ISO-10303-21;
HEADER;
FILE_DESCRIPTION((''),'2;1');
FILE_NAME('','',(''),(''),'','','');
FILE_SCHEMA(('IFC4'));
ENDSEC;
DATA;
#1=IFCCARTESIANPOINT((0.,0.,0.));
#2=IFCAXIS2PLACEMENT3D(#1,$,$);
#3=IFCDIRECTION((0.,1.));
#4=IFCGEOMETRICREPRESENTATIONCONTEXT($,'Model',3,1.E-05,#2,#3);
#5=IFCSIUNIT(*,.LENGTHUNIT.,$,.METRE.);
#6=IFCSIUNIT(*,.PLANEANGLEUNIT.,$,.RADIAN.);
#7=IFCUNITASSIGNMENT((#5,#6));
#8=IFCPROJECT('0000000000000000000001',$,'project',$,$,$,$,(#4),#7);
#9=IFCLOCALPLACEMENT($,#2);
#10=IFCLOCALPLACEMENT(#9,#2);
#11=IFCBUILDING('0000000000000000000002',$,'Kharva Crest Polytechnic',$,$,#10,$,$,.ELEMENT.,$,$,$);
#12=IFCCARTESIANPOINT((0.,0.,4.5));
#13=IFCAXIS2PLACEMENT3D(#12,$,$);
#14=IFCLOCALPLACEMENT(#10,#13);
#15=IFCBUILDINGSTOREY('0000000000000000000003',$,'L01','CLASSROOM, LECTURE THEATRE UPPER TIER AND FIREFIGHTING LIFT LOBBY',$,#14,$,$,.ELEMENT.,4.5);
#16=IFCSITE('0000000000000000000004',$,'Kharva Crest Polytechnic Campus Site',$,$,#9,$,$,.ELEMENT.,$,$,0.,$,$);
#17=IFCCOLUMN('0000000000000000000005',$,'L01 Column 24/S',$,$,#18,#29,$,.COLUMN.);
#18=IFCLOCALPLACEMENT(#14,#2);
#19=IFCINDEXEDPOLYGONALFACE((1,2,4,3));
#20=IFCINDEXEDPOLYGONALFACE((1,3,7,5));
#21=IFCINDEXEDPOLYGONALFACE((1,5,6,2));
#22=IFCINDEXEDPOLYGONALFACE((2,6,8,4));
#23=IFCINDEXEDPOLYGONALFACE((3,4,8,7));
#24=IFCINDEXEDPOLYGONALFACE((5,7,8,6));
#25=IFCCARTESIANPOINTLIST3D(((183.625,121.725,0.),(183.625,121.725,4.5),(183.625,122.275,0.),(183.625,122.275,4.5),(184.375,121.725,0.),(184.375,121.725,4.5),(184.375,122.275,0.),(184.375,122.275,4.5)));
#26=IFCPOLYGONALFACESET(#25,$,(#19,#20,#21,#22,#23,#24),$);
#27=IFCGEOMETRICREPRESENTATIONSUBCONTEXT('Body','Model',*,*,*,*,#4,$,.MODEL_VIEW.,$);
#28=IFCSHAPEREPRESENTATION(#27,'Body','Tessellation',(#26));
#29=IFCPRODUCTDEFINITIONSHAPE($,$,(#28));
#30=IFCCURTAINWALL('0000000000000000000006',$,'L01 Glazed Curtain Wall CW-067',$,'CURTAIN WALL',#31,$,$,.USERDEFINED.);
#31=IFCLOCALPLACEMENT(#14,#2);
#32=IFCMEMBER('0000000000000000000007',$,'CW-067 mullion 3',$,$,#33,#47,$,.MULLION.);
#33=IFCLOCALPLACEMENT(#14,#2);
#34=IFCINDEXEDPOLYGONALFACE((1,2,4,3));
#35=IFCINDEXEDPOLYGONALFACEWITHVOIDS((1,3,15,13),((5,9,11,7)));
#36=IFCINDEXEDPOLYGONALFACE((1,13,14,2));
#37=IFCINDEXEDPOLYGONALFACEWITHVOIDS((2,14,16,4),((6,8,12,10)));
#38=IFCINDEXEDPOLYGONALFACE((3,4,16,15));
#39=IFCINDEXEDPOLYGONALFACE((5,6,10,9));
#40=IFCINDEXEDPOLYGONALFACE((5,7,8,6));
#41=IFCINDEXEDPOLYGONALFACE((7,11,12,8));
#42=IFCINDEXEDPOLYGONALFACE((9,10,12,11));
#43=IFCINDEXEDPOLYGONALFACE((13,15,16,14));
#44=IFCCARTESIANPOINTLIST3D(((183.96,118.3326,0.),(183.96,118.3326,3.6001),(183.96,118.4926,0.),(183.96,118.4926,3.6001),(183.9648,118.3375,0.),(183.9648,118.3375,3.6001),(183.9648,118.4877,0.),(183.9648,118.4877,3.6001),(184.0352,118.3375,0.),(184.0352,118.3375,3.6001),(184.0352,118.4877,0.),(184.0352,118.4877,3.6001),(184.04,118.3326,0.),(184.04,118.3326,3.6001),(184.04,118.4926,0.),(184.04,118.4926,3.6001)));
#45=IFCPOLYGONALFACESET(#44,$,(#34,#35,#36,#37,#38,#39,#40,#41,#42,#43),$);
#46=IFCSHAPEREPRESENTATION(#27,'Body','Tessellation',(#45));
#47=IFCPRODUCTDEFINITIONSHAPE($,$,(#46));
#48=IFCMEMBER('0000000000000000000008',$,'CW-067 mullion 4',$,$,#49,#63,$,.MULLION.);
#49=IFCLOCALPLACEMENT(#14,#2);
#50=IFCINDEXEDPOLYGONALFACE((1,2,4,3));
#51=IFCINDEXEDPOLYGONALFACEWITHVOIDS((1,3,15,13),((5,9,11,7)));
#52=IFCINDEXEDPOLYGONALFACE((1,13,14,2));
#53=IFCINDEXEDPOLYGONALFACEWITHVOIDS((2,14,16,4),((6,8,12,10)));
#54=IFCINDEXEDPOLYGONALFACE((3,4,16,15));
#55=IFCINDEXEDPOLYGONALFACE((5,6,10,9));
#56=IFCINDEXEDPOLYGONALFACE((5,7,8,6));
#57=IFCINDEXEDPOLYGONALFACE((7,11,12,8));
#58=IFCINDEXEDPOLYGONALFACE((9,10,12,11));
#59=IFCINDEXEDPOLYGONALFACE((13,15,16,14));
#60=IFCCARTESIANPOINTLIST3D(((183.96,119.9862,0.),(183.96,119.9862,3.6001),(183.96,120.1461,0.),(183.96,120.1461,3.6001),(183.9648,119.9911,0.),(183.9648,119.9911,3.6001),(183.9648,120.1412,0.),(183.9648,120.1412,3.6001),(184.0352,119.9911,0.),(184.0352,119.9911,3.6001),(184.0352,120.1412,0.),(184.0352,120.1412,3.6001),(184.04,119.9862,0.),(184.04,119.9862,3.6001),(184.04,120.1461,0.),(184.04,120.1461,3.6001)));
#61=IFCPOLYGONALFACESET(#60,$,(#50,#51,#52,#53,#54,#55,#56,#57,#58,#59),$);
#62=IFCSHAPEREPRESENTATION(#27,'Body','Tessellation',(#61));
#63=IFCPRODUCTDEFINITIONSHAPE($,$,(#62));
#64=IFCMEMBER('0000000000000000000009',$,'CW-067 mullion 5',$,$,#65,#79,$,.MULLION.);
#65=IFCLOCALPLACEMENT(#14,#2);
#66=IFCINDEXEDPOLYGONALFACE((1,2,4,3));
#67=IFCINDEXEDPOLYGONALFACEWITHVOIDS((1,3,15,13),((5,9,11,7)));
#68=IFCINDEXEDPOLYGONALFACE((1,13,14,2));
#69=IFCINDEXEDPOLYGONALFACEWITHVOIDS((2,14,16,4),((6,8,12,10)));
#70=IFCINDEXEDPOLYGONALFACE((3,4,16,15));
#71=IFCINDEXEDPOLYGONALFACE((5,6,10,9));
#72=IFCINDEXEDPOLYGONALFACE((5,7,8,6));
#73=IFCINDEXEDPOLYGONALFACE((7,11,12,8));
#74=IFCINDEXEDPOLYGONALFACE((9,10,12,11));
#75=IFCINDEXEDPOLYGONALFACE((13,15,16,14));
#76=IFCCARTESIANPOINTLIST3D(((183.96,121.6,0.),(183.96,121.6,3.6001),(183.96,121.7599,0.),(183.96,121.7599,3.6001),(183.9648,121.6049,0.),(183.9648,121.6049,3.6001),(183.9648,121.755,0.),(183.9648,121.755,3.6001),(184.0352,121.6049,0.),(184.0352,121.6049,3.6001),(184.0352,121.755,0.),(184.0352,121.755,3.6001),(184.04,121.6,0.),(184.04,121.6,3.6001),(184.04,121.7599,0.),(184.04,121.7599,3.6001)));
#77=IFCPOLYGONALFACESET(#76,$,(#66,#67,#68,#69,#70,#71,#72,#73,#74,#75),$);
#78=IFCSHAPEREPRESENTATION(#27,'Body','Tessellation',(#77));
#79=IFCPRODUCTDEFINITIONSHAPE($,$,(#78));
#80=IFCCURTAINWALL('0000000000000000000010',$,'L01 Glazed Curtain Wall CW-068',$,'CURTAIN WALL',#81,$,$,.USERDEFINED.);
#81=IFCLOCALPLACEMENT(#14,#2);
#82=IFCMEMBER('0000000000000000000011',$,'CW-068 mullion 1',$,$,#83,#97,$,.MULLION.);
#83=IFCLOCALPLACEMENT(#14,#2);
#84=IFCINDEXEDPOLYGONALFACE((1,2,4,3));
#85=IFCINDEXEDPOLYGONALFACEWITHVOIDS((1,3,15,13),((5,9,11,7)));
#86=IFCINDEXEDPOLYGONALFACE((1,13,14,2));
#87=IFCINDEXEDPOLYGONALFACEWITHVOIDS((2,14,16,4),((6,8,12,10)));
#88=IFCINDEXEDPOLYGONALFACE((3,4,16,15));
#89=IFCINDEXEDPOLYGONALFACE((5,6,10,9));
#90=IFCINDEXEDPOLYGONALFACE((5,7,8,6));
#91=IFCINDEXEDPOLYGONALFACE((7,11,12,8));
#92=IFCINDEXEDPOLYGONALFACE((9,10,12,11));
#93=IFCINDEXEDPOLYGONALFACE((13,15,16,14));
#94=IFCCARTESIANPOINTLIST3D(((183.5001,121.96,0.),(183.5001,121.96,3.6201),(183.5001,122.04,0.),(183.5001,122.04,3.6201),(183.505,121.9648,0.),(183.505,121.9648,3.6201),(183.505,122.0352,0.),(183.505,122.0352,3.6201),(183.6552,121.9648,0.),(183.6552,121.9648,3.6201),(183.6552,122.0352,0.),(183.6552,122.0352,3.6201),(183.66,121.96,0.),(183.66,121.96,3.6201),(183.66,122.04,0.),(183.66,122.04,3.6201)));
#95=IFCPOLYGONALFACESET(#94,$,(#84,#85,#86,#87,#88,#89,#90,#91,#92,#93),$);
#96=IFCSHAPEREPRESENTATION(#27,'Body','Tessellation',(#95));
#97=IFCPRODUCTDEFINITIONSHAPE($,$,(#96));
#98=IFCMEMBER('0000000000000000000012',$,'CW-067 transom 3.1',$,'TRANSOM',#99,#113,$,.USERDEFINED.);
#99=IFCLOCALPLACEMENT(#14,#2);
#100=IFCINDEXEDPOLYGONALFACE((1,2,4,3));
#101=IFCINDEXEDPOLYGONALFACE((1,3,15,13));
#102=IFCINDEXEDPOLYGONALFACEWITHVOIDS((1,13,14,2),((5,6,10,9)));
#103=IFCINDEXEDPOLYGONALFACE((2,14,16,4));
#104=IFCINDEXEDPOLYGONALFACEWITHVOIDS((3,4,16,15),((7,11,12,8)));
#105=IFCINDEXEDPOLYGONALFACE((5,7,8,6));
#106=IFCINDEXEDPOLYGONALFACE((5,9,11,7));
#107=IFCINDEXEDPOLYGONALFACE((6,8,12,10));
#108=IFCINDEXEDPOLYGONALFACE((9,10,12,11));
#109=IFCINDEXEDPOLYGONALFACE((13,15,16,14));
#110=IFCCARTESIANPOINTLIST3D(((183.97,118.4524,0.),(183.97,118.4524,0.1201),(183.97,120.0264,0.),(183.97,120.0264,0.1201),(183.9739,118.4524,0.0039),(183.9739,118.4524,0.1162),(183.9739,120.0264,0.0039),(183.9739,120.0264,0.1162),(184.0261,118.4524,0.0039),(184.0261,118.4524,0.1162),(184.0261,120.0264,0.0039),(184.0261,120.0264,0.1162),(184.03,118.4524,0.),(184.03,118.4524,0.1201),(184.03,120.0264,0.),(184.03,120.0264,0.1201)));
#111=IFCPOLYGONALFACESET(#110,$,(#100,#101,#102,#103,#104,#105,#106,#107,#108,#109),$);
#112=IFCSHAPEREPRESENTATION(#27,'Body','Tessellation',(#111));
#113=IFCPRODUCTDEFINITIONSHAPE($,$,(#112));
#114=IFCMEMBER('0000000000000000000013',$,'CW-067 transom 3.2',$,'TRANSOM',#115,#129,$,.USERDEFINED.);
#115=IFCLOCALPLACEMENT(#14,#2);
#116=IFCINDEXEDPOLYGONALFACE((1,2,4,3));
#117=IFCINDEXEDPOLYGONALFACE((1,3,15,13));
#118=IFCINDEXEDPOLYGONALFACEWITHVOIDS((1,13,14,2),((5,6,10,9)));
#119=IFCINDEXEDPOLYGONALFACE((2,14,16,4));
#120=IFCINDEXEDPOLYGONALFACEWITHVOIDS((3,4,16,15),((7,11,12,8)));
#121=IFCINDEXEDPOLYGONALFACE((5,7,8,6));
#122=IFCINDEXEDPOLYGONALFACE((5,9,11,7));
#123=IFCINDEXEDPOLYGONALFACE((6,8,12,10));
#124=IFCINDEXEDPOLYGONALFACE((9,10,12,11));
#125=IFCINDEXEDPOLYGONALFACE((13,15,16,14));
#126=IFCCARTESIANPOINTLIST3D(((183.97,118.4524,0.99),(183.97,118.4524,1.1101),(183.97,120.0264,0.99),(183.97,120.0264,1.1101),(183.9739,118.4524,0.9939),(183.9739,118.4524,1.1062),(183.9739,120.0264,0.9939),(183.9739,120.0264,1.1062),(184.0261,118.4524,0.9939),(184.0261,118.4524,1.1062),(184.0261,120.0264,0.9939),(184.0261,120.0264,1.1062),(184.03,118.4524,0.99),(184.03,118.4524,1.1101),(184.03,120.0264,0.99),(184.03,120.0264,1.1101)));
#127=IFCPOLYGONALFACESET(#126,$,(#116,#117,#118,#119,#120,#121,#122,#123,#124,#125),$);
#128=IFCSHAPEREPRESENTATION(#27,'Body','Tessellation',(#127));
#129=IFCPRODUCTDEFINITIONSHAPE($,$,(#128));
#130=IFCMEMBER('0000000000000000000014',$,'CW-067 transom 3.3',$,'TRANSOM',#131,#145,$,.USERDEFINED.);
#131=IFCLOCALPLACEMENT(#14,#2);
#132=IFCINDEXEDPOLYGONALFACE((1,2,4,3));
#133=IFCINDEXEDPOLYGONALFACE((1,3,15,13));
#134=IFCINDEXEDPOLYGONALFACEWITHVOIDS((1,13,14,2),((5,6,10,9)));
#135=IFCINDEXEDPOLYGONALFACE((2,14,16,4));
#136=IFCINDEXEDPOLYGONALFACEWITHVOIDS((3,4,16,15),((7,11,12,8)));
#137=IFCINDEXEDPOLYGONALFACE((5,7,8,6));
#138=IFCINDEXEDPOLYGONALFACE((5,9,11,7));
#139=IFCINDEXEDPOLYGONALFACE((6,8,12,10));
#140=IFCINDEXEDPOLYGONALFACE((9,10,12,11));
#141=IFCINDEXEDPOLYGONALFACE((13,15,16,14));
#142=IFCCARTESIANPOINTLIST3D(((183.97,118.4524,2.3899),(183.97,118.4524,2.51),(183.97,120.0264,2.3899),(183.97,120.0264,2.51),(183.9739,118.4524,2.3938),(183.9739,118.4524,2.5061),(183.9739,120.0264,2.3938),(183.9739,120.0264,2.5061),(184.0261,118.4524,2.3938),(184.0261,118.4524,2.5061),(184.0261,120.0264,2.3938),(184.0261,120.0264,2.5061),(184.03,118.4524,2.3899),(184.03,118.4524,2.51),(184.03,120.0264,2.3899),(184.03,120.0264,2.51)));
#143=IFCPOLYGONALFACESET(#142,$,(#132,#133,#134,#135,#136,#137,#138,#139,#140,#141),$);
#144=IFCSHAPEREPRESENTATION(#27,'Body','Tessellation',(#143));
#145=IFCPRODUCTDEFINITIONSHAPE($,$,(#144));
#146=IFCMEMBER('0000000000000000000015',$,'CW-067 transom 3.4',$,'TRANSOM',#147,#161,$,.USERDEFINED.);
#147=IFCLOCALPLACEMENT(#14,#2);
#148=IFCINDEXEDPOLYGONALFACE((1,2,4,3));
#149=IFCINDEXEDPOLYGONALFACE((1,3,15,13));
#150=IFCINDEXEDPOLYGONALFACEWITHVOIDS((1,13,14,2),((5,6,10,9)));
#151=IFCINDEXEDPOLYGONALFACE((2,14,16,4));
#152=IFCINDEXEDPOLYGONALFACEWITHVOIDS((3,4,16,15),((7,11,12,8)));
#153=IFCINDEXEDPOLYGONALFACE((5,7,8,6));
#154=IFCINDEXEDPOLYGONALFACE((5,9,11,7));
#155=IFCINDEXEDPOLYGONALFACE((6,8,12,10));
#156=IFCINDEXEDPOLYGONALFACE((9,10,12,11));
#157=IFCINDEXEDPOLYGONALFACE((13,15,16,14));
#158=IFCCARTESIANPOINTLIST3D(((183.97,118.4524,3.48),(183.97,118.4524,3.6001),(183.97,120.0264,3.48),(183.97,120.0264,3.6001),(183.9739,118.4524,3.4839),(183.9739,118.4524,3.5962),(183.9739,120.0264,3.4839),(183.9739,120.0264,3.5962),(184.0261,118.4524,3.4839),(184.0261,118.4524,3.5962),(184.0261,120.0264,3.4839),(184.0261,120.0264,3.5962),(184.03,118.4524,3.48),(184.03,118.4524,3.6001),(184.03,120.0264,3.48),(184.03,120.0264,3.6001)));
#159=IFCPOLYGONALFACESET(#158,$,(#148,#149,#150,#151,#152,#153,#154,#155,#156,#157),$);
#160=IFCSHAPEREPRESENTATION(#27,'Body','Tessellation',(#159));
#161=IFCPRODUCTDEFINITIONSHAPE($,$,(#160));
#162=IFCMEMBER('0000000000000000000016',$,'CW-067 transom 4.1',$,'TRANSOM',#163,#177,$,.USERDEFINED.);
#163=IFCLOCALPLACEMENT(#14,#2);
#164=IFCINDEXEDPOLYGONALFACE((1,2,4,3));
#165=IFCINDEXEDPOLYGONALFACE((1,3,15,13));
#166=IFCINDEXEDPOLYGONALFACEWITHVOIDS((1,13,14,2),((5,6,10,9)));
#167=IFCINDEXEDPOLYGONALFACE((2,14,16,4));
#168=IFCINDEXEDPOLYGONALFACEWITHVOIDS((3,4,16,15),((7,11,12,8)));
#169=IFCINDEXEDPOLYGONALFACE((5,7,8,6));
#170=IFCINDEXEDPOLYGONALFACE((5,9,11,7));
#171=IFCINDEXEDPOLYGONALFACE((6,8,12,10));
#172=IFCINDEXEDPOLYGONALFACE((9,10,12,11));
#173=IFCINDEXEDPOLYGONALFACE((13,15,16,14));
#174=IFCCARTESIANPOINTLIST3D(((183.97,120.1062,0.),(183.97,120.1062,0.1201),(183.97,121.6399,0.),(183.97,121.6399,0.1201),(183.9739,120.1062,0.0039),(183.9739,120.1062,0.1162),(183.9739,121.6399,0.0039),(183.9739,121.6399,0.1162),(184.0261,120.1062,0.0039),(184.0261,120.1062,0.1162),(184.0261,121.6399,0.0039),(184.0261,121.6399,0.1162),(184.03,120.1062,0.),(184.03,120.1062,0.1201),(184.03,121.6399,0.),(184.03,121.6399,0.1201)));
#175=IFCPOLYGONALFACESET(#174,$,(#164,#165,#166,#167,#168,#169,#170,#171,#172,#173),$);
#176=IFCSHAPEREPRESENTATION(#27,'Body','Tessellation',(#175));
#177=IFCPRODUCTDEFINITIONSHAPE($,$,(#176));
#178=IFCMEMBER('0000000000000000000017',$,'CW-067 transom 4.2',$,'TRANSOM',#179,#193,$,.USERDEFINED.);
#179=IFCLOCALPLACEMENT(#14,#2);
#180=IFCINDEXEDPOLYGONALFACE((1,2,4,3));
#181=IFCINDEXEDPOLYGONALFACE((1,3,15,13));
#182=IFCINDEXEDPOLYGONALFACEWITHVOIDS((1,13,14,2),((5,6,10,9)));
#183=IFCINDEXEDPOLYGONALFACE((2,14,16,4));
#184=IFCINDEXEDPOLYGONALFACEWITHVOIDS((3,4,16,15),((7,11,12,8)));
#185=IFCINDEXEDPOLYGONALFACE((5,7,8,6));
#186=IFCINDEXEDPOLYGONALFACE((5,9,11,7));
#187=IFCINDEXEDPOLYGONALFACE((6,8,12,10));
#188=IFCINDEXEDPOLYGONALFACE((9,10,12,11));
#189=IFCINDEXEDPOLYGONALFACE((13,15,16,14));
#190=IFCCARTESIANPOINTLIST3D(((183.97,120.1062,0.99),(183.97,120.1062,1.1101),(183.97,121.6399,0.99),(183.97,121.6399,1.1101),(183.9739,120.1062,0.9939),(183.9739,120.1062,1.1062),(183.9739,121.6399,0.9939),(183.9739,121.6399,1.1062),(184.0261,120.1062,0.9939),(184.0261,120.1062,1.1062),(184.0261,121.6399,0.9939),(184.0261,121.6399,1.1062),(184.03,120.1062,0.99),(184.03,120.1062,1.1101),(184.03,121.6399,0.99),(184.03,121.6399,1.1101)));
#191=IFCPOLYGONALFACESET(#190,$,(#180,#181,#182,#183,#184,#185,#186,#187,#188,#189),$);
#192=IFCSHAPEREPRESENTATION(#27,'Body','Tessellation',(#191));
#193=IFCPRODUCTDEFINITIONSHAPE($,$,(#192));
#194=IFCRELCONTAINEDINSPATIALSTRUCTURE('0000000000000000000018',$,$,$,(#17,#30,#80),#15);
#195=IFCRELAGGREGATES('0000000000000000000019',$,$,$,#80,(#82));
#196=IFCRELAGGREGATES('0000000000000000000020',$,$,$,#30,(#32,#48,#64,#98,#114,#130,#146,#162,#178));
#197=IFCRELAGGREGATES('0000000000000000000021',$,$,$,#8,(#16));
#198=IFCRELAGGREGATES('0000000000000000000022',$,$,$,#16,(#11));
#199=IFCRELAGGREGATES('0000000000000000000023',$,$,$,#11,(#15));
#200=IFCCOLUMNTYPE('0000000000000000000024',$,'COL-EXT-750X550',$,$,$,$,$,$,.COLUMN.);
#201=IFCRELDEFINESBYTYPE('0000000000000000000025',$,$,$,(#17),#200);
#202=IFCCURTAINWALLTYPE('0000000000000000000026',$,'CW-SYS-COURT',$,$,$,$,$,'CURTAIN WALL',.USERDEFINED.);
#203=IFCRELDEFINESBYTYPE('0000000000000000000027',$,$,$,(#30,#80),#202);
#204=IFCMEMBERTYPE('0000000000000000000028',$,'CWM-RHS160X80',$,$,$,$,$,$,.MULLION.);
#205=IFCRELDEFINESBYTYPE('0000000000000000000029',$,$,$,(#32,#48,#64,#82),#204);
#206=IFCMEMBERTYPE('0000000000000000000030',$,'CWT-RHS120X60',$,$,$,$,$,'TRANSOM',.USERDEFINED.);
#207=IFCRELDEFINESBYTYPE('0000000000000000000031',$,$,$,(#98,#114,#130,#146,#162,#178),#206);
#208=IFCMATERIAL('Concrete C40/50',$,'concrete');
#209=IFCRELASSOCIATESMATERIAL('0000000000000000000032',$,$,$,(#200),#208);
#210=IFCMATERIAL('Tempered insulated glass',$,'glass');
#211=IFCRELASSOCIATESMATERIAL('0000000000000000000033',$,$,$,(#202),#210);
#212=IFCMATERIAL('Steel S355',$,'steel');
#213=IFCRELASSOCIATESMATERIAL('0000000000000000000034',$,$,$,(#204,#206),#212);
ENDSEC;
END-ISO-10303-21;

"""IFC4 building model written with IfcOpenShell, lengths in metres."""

from ifc_helpers import new_model, si_unit, direction, frame, origin, origin_2d, place, context, subcontext, project, spatial, rectangle, hollow_rectangle, extrude, material, material_profile, profile_set, type_object, element, aggregate, save


model = new_model("IFC4")

# Units and contexts
model_context = context("Model", 3, precision=1e-05, world=origin(), true_north=direction((0.0, 1.0)))
body_context = subcontext(model_context, "Body", "Model", "MODEL_VIEW")
ifc_project = project(units=[si_unit("LENGTHUNIT", "METRE"), si_unit("PLANEANGLEUNIT", "RADIAN")], contexts=[model_context])

# Site, building, storey
site_placement = place(None, origin())
site = spatial("IfcSite", under=ifc_project, at=site_placement, Name="Kharva Crest Polytechnic Campus Site", CompositionType="ELEMENT", RefElevation=0.0)
building_placement = place(site_placement, origin())
building = spatial("IfcBuilding", under=site, at=building_placement, Name="Kharva Crest Polytechnic", CompositionType="ELEMENT")
storey_placement = place(building_placement, frame((0.0, 0.0, 4.5)))
storey = spatial("IfcBuildingStorey", under=building, at=storey_placement, Name="L01", Description="CLASSROOM, LECTURE THEATRE UPPER TIER AND FIREFIGHTING LIFT LOBBY", CompositionType="ELEMENT", Elevation=4.5)

# Column
ifc_material_1 = material(Name="Concrete C40/50", Category="concrete")
ifc_material_profile_1 = material_profile(ifc_material_1, rectangle(XDim=0.75, YDim=0.55, at=origin_2d()), Name="RECT 750 X 550")
ifc_profile_set_1 = profile_set([ifc_material_profile_1], Name="Concrete C40/50")
column_type = type_object("IfcColumnType", Name="COL-EXT-750X550", PredefinedType="COLUMN", material=ifc_profile_set_1)
column_placement = place(storey_placement, frame((184.0, 122.0, 0.0), z_axis=(0.0, 0.0, 1.0), x_axis=(1.0, 0.0, 0.0)))
element("IfcColumn", 1, at=column_placement, inside=storey, type_object=column_type, Name="L01 Column 24/S", PredefinedType="COLUMN", context=body_context, shape_type="SweptSolid", body=[
    extrude(rectangle(XDim=0.75, YDim=0.55, at=origin_2d()), origin(), (0.0, 0.0, 1.0), 4.5),
])

# Curtain wall, members
ifc_material_2 = material(Name="Tempered insulated glass", Category="glass")
curtain_wall_type = type_object("IfcCurtainWallType", Name="CW-SYS-COURT", ElementType="CURTAIN WALL", PredefinedType="USERDEFINED", material=ifc_material_2)
curtain_wall_1_placement = place(storey_placement, origin())
curtain_wall_1 = element("IfcCurtainWall", 2, at=curtain_wall_1_placement, inside=storey, type_object=curtain_wall_type, Name="L01 Glazed Curtain Wall CW-067", ObjectType="CURTAIN WALL", PredefinedType="USERDEFINED")
ifc_material_3 = material(Name="Steel S355", Category="steel")
ifc_material_profile_2 = material_profile(ifc_material_3, hollow_rectangle(XDim=0.0801, YDim=0.1599, WallThickness=0.0049, at=origin_2d()), Name="RHS 160X80X5.0")
ifc_profile_set_2 = profile_set([ifc_material_profile_2], Name="Steel S355")
member_type_1 = type_object("IfcMemberType", Name="CWM-RHS160X80", PredefinedType="MULLION", material=ifc_profile_set_2)
member_1_placement = place(storey_placement, frame((184.0, 118.4126, 0.0), z_axis=(0.0, 0.0, 1.0), x_axis=(-1.0, 0.0, 0.0)))
member_1 = element("IfcMember", 3, at=member_1_placement, type_object=member_type_1, Name="CW-067 mullion 3", PredefinedType="MULLION", context=body_context, shape_type="SweptSolid", body=[
    extrude(hollow_rectangle(XDim=0.0801, YDim=0.1599, WallThickness=0.0049, at=origin_2d()), origin(), (0.0, 0.0, 1.0), 3.6001),
])
member_2_placement = place(storey_placement, frame((184.0, 120.0662, 0.0), z_axis=(0.0, 0.0, 1.0), x_axis=(-1.0, 0.0, 0.0)))
member_2 = element("IfcMember", 4, at=member_2_placement, type_object=member_type_1, Name="CW-067 mullion 4", PredefinedType="MULLION", context=body_context, shape_type="SweptSolid", body=[
    extrude(hollow_rectangle(XDim=0.0801, YDim=0.1599, WallThickness=0.0049, at=origin_2d()), origin(), (0.0, 0.0, 1.0), 3.6001),
])
member_3_placement = place(storey_placement, frame((184.0, 121.6799, 0.0), z_axis=(0.0, 0.0, 1.0), x_axis=(-1.0, 0.0, 0.0)))
member_3 = element("IfcMember", 5, at=member_3_placement, type_object=member_type_1, Name="CW-067 mullion 5", PredefinedType="MULLION", context=body_context, shape_type="SweptSolid", body=[
    extrude(hollow_rectangle(XDim=0.0801, YDim=0.1599, WallThickness=0.0049, at=origin_2d()), origin(), (0.0, 0.0, 1.0), 3.6001),
])

# Curtain wall, member
curtain_wall_2_placement = place(storey_placement, origin())
curtain_wall_2 = element("IfcCurtainWall", 6, at=curtain_wall_2_placement, inside=storey, type_object=curtain_wall_type, Name="L01 Glazed Curtain Wall CW-068", ObjectType="CURTAIN WALL", PredefinedType="USERDEFINED")
member_4_placement = place(storey_placement, frame((183.5801, 122.0, 0.0), z_axis=(0.0, 0.0, 1.0), x_axis=(0.0, -1.0, 0.0)))
member_4 = element("IfcMember", 7, at=member_4_placement, type_object=member_type_1, Name="CW-068 mullion 1", PredefinedType="MULLION", context=body_context, shape_type="SweptSolid", body=[
    extrude(hollow_rectangle(XDim=0.0801, YDim=0.1599, WallThickness=0.0049, at=origin_2d()), origin(), (0.0, 0.0, 1.0), 3.6201),
])

# Members
ifc_material_profile_3 = material_profile(ifc_material_3, hollow_rectangle(XDim=0.0601, YDim=0.1201, WallThickness=0.0039, at=origin_2d()), Name="RHS 120X60X4.0")
ifc_profile_set_3 = profile_set([ifc_material_profile_3], Name="Steel S355")
member_type_2 = type_object("IfcMemberType", Name="CWT-RHS120X60", ElementType="TRANSOM", PredefinedType="USERDEFINED", material=ifc_profile_set_3)
member_5_placement = place(storey_placement, frame((184.0, 118.4524, 0.0601), z_axis=(0.0, 1.0, 0.0), x_axis=(-1.0, 0.0, 0.0)))
member_5 = element("IfcMember", 8, at=member_5_placement, type_object=member_type_2, Name="CW-067 transom 3.1", ObjectType="TRANSOM", PredefinedType="USERDEFINED", context=body_context, shape_type="SweptSolid", body=[
    extrude(hollow_rectangle(XDim=0.0601, YDim=0.1201, WallThickness=0.0039, at=origin_2d()), origin(), (0.0, 0.0, 1.0), 1.574),
])
member_6_placement = place(storey_placement, frame((184.0, 118.4524, 1.05), z_axis=(0.0, 1.0, 0.0), x_axis=(-1.0, 0.0, 0.0)))
member_6 = element("IfcMember", 9, at=member_6_placement, type_object=member_type_2, Name="CW-067 transom 3.2", ObjectType="TRANSOM", PredefinedType="USERDEFINED", context=body_context, shape_type="SweptSolid", body=[
    extrude(hollow_rectangle(XDim=0.0601, YDim=0.1201, WallThickness=0.0039, at=origin_2d()), origin(), (0.0, 0.0, 1.0), 1.574),
])
member_7_placement = place(storey_placement, frame((184.0, 118.4524, 2.45), z_axis=(0.0, 1.0, 0.0), x_axis=(-1.0, 0.0, 0.0)))
member_7 = element("IfcMember", 10, at=member_7_placement, type_object=member_type_2, Name="CW-067 transom 3.3", ObjectType="TRANSOM", PredefinedType="USERDEFINED", context=body_context, shape_type="SweptSolid", body=[
    extrude(hollow_rectangle(XDim=0.0601, YDim=0.1201, WallThickness=0.0039, at=origin_2d()), origin(), (0.0, 0.0, 1.0), 1.574),
])
member_8_placement = place(storey_placement, frame((184.0, 118.4524, 3.54), z_axis=(0.0, 1.0, 0.0), x_axis=(-1.0, 0.0, 0.0)))
member_8 = element("IfcMember", 11, at=member_8_placement, type_object=member_type_2, Name="CW-067 transom 3.4", ObjectType="TRANSOM", PredefinedType="USERDEFINED", context=body_context, shape_type="SweptSolid", body=[
    extrude(hollow_rectangle(XDim=0.0601, YDim=0.1201, WallThickness=0.0039, at=origin_2d()), origin(), (0.0, 0.0, 1.0), 1.574),
])
member_9_placement = place(storey_placement, frame((184.0, 120.1062, 0.0601), z_axis=(0.0, 1.0, 0.0), x_axis=(-1.0, 0.0, 0.0)))
member_9 = element("IfcMember", 12, at=member_9_placement, type_object=member_type_2, Name="CW-067 transom 4.1", ObjectType="TRANSOM", PredefinedType="USERDEFINED", context=body_context, shape_type="SweptSolid", body=[
    extrude(hollow_rectangle(XDim=0.0601, YDim=0.1201, WallThickness=0.0039, at=origin_2d()), origin(), (0.0, 0.0, 1.0), 1.5337),
])
member_10_placement = place(storey_placement, frame((184.0, 120.1062, 1.05), z_axis=(0.0, 1.0, 0.0), x_axis=(-1.0, 0.0, 0.0)))
member_10 = element("IfcMember", 13, at=member_10_placement, type_object=member_type_2, Name="CW-067 transom 4.2", ObjectType="TRANSOM", PredefinedType="USERDEFINED", context=body_context, shape_type="SweptSolid", body=[
    extrude(hollow_rectangle(XDim=0.0601, YDim=0.1201, WallThickness=0.0039, at=origin_2d()), origin(), (0.0, 0.0, 1.0), 1.5337),
])
aggregate(curtain_wall_2, [member_4])

aggregate(curtain_wall_1, [member_1, member_2, member_3, member_5, member_6, member_7, member_8, member_9, member_10])

save(model, "model.ifc")
